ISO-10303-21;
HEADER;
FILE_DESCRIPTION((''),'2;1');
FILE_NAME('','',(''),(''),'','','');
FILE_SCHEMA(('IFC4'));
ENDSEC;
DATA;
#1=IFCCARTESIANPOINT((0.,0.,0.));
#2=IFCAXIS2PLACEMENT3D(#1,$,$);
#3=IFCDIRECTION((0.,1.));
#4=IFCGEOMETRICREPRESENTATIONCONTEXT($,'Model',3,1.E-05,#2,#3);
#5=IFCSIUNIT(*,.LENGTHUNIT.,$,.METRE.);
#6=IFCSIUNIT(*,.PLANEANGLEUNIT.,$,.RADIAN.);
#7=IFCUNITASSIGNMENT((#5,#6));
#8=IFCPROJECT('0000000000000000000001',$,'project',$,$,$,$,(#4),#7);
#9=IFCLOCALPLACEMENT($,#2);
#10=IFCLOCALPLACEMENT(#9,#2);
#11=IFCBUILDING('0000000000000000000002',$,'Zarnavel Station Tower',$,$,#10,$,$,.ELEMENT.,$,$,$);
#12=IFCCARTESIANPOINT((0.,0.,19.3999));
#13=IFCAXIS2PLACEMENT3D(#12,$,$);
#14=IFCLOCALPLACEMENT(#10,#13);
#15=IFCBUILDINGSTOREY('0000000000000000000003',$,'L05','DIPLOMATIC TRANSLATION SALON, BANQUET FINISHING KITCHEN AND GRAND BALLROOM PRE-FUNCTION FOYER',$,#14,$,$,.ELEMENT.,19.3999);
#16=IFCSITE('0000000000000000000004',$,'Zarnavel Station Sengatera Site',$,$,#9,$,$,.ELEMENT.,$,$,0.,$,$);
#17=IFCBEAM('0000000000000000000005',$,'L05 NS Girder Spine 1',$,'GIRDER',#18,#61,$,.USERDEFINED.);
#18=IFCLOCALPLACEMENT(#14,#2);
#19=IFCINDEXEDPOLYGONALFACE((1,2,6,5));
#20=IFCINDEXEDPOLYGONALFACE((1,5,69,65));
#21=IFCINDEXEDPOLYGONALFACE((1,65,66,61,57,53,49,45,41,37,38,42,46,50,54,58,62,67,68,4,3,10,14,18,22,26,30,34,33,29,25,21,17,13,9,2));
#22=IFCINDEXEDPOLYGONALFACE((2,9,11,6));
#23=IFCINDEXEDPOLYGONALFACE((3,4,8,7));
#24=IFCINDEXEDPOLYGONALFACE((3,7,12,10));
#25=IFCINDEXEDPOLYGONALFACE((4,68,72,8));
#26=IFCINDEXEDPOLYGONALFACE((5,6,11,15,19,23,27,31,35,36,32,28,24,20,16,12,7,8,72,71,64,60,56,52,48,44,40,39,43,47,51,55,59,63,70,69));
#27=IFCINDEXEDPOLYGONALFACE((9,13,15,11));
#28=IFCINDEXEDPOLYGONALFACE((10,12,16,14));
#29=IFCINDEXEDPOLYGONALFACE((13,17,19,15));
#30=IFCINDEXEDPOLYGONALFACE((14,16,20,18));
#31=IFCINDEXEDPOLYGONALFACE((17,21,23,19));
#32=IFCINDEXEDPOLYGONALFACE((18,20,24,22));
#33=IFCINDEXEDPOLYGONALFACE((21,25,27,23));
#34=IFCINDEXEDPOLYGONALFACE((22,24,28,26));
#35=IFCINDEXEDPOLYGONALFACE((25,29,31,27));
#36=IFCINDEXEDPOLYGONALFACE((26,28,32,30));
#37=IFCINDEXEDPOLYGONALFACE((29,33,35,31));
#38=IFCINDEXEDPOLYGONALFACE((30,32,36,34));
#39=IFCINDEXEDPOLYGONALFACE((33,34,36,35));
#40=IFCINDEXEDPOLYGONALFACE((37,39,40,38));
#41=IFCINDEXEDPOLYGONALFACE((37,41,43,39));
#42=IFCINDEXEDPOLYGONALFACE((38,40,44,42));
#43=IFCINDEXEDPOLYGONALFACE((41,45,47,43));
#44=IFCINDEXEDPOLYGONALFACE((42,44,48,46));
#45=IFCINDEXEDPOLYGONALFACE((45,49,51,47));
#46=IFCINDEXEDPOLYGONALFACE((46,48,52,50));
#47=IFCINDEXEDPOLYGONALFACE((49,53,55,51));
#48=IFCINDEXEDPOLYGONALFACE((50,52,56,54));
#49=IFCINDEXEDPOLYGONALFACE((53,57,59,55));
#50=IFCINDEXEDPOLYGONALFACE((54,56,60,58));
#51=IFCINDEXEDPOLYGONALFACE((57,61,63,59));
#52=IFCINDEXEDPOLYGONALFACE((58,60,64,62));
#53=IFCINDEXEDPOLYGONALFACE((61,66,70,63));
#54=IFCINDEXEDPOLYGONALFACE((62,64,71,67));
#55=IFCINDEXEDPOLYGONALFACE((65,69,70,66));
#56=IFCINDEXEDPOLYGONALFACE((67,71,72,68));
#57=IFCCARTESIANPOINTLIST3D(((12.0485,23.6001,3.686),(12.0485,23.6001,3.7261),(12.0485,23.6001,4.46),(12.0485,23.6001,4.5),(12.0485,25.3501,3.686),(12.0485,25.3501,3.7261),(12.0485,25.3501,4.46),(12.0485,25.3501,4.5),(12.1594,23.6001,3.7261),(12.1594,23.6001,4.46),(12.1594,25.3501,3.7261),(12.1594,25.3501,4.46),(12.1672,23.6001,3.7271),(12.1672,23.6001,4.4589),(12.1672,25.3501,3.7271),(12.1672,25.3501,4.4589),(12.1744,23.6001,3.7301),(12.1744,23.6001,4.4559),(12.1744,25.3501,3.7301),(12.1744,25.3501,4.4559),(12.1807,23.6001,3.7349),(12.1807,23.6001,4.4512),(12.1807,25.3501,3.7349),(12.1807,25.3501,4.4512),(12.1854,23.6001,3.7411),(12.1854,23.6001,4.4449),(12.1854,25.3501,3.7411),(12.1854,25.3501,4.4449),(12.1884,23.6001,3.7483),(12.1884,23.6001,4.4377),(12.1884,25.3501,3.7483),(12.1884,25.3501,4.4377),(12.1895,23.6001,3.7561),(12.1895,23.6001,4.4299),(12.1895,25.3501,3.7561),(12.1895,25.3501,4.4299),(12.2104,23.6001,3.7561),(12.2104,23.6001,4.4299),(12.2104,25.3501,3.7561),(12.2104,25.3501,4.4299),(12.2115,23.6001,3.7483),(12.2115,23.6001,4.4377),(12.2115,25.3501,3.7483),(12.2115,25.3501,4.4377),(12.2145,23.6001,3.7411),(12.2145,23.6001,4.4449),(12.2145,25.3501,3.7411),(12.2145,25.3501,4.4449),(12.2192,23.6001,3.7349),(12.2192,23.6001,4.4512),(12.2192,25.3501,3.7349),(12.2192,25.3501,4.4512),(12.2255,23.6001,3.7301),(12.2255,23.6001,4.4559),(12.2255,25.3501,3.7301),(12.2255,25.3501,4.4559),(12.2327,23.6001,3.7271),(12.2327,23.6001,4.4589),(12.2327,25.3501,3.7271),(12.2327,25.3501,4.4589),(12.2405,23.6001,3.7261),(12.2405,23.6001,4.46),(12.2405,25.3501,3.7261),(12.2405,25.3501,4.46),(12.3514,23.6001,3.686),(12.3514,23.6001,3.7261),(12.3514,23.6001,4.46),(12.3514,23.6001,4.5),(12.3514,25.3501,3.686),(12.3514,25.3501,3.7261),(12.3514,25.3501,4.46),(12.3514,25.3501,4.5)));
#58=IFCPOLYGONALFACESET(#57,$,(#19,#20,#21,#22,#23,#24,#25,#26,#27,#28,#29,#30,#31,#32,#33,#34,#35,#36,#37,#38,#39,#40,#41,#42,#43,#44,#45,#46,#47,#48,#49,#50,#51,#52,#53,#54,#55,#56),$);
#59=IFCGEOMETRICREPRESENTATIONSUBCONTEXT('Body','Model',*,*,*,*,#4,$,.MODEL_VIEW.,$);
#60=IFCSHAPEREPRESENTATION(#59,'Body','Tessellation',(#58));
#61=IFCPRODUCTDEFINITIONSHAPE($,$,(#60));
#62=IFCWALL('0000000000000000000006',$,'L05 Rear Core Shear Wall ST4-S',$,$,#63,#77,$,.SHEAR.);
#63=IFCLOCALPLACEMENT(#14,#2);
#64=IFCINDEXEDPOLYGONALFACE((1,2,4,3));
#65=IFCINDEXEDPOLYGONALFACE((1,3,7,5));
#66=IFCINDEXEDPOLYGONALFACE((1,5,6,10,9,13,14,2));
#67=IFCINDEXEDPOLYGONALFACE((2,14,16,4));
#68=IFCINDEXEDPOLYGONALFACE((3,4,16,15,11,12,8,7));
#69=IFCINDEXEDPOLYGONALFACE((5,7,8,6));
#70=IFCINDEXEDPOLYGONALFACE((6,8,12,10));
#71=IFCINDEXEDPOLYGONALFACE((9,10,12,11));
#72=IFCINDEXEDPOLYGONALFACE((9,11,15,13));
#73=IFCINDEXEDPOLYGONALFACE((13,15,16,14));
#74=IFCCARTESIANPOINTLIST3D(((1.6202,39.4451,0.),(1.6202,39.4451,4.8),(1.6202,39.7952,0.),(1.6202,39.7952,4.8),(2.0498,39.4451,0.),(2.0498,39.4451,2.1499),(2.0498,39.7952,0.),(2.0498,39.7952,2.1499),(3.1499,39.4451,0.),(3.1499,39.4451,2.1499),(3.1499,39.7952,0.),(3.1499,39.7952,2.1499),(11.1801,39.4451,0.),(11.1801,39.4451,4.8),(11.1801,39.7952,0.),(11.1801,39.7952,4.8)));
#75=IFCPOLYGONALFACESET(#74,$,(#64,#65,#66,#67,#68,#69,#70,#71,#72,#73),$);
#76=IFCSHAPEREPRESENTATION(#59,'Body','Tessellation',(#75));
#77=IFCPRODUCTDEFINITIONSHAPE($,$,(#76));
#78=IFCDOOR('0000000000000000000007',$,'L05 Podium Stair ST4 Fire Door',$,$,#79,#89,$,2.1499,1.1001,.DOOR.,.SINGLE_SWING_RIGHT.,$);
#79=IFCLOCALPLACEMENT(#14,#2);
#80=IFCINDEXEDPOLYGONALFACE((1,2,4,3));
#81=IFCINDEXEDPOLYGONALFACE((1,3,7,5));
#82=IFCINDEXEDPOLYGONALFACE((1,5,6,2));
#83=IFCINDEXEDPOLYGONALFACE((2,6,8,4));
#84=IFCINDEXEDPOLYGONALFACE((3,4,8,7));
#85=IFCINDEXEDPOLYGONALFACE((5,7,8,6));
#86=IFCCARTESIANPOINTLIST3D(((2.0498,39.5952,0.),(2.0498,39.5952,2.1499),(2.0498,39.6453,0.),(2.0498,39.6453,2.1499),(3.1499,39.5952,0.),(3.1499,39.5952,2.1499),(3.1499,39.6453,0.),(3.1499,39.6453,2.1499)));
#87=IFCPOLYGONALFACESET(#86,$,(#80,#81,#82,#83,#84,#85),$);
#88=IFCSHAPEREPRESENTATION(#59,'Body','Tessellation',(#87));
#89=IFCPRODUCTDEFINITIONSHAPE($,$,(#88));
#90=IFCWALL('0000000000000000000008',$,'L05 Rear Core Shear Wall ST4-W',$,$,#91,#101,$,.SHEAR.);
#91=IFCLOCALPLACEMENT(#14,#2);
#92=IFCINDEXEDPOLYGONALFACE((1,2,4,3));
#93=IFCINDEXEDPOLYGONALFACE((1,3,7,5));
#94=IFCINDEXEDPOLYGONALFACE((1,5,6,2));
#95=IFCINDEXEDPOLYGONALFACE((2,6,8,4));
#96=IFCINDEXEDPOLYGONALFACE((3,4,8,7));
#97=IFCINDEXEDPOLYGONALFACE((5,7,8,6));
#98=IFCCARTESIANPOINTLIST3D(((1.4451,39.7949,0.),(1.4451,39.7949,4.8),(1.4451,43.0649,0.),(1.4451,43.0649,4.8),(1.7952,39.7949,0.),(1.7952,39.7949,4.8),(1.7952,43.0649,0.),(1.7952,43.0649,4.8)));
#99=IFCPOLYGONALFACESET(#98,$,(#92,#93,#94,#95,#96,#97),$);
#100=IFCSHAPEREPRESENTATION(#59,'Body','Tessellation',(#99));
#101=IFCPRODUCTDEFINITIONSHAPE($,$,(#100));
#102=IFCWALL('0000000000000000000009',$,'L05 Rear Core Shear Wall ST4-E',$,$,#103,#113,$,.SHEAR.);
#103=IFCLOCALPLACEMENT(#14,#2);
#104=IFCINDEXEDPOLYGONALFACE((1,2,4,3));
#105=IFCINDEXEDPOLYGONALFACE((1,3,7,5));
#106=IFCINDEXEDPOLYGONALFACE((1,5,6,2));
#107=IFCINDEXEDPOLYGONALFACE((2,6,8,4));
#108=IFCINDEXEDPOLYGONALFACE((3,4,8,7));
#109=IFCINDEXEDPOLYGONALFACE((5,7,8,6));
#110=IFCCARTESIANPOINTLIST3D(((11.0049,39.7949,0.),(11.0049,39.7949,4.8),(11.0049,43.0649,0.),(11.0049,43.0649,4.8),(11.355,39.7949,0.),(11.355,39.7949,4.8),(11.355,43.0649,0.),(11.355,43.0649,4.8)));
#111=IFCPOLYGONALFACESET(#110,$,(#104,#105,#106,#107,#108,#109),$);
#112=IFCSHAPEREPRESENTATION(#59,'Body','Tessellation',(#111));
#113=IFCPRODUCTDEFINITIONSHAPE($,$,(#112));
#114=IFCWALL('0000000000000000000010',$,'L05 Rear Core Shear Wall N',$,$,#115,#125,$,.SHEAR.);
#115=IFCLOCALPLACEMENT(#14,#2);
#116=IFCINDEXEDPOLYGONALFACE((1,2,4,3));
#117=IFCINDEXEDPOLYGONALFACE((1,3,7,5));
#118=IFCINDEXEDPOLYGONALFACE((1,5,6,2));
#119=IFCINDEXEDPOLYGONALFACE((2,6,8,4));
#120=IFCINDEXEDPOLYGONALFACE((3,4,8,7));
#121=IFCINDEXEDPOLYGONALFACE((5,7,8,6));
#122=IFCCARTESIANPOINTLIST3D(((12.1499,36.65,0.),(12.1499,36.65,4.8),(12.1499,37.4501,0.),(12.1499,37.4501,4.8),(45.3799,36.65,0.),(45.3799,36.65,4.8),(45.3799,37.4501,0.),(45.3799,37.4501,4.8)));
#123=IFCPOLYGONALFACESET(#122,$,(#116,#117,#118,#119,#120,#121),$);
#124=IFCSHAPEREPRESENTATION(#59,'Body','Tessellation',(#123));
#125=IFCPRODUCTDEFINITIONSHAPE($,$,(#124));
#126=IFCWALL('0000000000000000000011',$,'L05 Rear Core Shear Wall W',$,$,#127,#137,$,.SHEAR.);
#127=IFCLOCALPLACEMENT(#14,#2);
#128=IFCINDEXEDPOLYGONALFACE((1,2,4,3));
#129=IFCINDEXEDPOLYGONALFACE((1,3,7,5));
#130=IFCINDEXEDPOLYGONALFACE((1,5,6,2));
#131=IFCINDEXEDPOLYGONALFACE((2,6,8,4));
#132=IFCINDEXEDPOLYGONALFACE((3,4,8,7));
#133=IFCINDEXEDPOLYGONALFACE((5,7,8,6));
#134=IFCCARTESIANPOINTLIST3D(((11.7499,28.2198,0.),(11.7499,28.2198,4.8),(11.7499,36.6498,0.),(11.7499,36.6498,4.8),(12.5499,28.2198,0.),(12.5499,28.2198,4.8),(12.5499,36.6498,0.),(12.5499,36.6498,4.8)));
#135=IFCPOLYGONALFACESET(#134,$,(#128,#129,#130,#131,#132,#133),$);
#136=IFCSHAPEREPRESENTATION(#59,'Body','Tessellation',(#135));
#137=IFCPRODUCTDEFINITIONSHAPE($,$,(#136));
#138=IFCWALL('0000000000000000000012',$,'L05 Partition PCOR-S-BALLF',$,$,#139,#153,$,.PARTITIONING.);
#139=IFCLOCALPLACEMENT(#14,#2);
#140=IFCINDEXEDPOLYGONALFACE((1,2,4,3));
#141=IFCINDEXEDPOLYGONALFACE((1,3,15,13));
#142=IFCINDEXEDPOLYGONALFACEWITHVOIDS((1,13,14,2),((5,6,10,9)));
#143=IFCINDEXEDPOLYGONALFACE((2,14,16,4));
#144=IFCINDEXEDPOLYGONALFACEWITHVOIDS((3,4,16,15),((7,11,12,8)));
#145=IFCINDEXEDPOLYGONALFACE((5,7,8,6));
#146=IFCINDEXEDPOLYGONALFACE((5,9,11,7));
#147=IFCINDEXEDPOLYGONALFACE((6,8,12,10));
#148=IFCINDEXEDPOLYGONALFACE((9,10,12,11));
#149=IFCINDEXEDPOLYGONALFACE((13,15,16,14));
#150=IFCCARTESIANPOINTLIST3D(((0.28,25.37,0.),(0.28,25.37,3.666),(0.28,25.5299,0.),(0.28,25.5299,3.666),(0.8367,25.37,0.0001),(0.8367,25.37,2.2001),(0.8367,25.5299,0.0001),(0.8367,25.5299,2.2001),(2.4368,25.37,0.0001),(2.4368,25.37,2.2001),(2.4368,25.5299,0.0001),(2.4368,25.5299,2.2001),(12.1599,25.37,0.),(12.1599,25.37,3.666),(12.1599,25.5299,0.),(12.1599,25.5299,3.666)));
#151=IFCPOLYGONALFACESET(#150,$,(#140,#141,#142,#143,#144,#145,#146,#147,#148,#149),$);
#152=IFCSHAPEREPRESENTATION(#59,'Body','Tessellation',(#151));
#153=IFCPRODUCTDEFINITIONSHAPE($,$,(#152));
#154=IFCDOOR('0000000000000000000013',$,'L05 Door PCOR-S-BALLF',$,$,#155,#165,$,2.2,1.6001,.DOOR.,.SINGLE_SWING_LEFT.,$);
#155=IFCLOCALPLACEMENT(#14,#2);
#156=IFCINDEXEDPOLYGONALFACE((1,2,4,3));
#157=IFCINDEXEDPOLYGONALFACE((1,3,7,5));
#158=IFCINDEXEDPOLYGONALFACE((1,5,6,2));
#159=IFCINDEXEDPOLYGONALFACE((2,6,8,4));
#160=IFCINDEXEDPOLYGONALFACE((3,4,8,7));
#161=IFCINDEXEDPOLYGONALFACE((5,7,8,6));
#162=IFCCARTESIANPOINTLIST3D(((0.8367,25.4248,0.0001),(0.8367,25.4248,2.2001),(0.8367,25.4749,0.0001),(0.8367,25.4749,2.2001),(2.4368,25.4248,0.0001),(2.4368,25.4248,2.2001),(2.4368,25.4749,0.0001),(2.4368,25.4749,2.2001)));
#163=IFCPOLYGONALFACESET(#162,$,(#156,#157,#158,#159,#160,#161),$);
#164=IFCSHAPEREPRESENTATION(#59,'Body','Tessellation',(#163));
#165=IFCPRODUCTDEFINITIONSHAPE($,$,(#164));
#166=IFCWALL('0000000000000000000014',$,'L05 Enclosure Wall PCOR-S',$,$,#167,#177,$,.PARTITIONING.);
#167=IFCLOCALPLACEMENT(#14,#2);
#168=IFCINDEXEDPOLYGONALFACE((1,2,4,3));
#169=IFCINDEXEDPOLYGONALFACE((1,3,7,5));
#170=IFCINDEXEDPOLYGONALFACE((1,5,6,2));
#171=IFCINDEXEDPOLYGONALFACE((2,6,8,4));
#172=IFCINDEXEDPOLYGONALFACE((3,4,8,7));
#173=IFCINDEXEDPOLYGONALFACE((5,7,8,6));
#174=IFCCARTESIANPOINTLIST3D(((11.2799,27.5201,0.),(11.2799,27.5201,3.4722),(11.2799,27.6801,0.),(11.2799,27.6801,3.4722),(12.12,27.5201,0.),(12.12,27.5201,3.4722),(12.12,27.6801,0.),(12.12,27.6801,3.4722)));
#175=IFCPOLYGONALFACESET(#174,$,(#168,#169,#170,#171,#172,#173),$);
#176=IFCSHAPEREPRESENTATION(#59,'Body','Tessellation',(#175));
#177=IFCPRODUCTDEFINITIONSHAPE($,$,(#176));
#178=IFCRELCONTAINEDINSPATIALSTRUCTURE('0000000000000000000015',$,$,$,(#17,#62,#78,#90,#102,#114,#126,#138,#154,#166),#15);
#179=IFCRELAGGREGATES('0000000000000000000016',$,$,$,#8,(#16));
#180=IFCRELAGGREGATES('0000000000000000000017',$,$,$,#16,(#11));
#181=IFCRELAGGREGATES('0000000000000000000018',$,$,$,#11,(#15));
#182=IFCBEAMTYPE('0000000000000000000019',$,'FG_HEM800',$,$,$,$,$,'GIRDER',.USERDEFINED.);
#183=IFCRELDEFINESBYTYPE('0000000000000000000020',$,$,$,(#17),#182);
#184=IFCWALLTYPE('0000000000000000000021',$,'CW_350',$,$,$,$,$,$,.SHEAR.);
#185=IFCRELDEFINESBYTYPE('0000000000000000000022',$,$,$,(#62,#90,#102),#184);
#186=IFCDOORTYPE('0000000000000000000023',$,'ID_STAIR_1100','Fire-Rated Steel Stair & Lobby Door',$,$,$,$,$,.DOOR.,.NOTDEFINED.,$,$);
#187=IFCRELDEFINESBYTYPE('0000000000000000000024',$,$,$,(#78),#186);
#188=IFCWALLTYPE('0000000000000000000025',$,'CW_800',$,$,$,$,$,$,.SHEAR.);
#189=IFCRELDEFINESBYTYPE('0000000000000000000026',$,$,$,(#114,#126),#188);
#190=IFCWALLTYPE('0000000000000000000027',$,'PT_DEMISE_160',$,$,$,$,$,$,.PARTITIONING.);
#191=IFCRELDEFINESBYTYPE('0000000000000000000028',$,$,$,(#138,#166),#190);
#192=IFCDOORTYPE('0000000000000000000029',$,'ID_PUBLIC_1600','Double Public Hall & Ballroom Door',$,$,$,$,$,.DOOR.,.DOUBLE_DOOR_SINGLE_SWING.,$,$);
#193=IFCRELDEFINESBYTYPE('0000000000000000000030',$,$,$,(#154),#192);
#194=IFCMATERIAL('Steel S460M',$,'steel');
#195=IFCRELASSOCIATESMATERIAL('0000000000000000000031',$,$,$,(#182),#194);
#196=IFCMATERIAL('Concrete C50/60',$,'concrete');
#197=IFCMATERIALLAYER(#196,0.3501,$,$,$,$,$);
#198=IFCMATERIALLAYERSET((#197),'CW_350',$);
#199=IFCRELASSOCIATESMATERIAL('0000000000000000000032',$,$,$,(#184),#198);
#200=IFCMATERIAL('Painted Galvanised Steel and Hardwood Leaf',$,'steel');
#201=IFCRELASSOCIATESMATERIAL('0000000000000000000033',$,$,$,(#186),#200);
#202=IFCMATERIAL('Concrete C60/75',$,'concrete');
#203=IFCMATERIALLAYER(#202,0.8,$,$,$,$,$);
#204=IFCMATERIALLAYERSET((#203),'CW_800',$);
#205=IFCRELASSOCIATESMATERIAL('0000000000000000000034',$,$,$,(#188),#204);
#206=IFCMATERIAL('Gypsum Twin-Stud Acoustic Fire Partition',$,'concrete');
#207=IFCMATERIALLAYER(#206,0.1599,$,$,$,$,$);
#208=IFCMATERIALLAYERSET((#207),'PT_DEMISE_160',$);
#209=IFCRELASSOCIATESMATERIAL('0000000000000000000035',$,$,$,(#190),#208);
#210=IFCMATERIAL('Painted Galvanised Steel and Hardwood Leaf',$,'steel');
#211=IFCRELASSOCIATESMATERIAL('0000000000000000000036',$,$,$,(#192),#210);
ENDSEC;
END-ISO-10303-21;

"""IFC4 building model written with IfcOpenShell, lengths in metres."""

from ifc_helpers import new_model, si_unit, direction, frame, frame_2d, origin, origin_2d, place, context, subcontext, project, spatial, rectangle, i_section, extrude, material, layer, layer_set, material_profile, profile_set, type_object, element, fill, save


model = new_model("IFC4")

# Units and contexts
model_context = context("Model", 3, precision=1e-05, world=origin(), true_north=direction((0.0, 1.0)))
body_context = subcontext(model_context, "Body", "Model", "MODEL_VIEW")
ifc_project = project(units=[si_unit("LENGTHUNIT", "METRE"), si_unit("PLANEANGLEUNIT", "RADIAN")], contexts=[model_context])

# Site, building, storey
site_placement = place(None, origin())
site = spatial("IfcSite", under=ifc_project, at=site_placement, Name="Zarnavel Station Sengatera Site", CompositionType="ELEMENT", RefElevation=0.0)
building_placement = place(site_placement, origin())
building = spatial("IfcBuilding", under=site, at=building_placement, Name="Zarnavel Station Tower", CompositionType="ELEMENT")
storey_placement = place(building_placement, frame((0.0, 0.0, 19.3999)))
storey = spatial("IfcBuildingStorey", under=building, at=storey_placement, Name="L05", Description="DIPLOMATIC TRANSLATION SALON, BANQUET FINISHING KITCHEN AND GRAND BALLROOM PRE-FUNCTION FOYER", CompositionType="ELEMENT", Elevation=19.3999)

# Beam
ifc_material_1 = material(Name="Steel S460M", Category="steel")
ifc_material_profile_1 = material_profile(ifc_material_1, i_section(OverallWidth=0.303, OverallDepth=0.814, WebThickness=0.021, FlangeThickness=0.04, FilletRadius=0.03, at=origin_2d()), Name="HEM800")
ifc_profile_set_1 = profile_set([ifc_material_profile_1], Name="Steel S460M")
beam_type_1 = type_object("IfcBeamType", Name="FG_HEM800", ElementType="GIRDER", PredefinedType="USERDEFINED", material=ifc_profile_set_1)
beam_1_placement = place(storey_placement, frame((12.2, 23.6001, 4.093), z_axis=(0.0, 1.0, 0.0), x_axis=(-1.0, 0.0, 0.0)))
element("IfcBeam", 1, at=beam_1_placement, inside=storey, type_object=beam_type_1, Name="L05 NS Girder Spine 1", ObjectType="GIRDER", PredefinedType="USERDEFINED", context=body_context, shape_type="SweptSolid", body=[
    extrude(i_section(OverallWidth=0.303, OverallDepth=0.814, WebThickness=0.021, FlangeThickness=0.04, FilletRadius=0.03, at=origin_2d()), origin(), (0.0, 0.0, 1.0), 1.75),
])

# Wall, opening, door
ifc_material_2 = material(Name="Concrete C50/60", Category="concrete")
ifc_layer_1 = layer(ifc_material_2, 0.3501)
ifc_layer_set_1 = layer_set([ifc_layer_1], Name="CW_350")
wall_type_1 = type_object("IfcWallType", Name="CW_350", PredefinedType="SHEAR", material=ifc_layer_set_1)
wall_1_placement = place(storey_placement, frame((11.1799, 39.6201, 0.0), z_axis=(0.0, 0.0, 1.0), x_axis=(-1.0, 0.0, 0.0)))
wall_1 = element("IfcWall", 2, at=wall_1_placement, inside=storey, type_object=wall_type_1, Name="L05 Rear Core Shear Wall ST4-S", PredefinedType="SHEAR", context=body_context, shape_type="SweptSolid", body=[
    extrude(rectangle(XDim=9.5598, YDim=0.3501, at=frame_2d((4.7798, 0.0))), origin(), (0.0, 0.0, 1.0), 4.8),
])
opening_1_placement = place(wall_1_placement, frame((8.03, 0.0, 0.0)))
opening_1 = element("IfcOpeningElement", 3, at=opening_1_placement, cuts=wall_1, PredefinedType="OPENING", context=body_context, shape_type="SweptSolid", body=[
    extrude(rectangle(XDim=1.1001, YDim=2.1499, at=frame_2d((0.55, 1.075))), frame((0.0, 0.1851, 0.0), z_axis=(0.0, -1.0, 0.0), x_axis=(1.0, 0.0, 0.0)), (0.0, 0.0, 1.0), 0.3701),
])
ifc_material_3 = material(Name="Painted Galvanised Steel and Hardwood Leaf", Category="steel")
door_type_1 = type_object("IfcDoorType", Name="ID_STAIR_1100", Description="Fire-Rated Steel Stair & Lobby Door", OperationType="NOTDEFINED", PredefinedType="DOOR", material=ifc_material_3)
door_1_placement = place(opening_1_placement, origin())
door_1 = element("IfcDoor", 4, at=door_1_placement, inside=storey, type_object=door_type_1, Name="L05 Podium Stair ST4 Fire Door", OperationType="SINGLE_SWING_RIGHT", OverallHeight=2.1499, OverallWidth=1.1001, PredefinedType="DOOR", context=body_context, shape_type="SweptSolid", body=[
    extrude(rectangle(XDim=1.1001, YDim=2.1499, at=frame_2d((0.55, 1.075))), frame((0.0, 0.0249, 0.0), z_axis=(0.0, -1.0, 0.0), x_axis=(1.0, 0.0, 0.0)), (0.0, 0.0, 1.0), 0.05),
])
fill(opening_1, door_1)

# Walls
for number, where, z_axis, x_axis, name in (
    (5, (1.6201, 39.7949, 0.0), (0.0, 0.0, 1.0), (0.0, 1.0, 0.0), "L05 Rear Core Shear Wall ST4-W"),
    (6, (11.1799, 39.7949, 0.0), (0.0, 0.0, 1.0), (0.0, 1.0, 0.0), "L05 Rear Core Shear Wall ST4-E"),
):
    element("IfcWall", number, at=place(storey_placement, frame(where, z_axis=z_axis, x_axis=x_axis)), inside=storey, type_object=wall_type_1, Name=name, PredefinedType="SHEAR", context=body_context, shape_type="SweptSolid", body=[
        extrude(rectangle(XDim=3.27, YDim=0.3501, at=frame_2d((1.635, 0.0))), origin(), (0.0, 0.0, 1.0), 4.8),
    ])
ifc_material_4 = material(Name="Concrete C60/75", Category="concrete")
ifc_layer_2 = layer(ifc_material_4, 0.8)
ifc_layer_set_2 = layer_set([ifc_layer_2], Name="CW_800")
wall_type_2 = type_object("IfcWallType", Name="CW_800", PredefinedType="SHEAR", material=ifc_layer_set_2)
wall_2_placement = place(storey_placement, frame((12.1499, 37.05, 0.0), z_axis=(0.0, 0.0, 1.0), x_axis=(1.0, 0.0, 0.0)))
element("IfcWall", 7, at=wall_2_placement, inside=storey, type_object=wall_type_2, Name="L05 Rear Core Shear Wall N", PredefinedType="SHEAR", context=body_context, shape_type="SweptSolid", body=[
    extrude(rectangle(XDim=33.23, YDim=0.8, at=frame_2d((16.615, 0.0))), origin(), (0.0, 0.0, 1.0), 4.8),
])
wall_3_placement = place(storey_placement, frame((12.1499, 28.22, 0.0), z_axis=(0.0, 0.0, 1.0), x_axis=(0.0, 1.0, 0.0)))
element("IfcWall", 8, at=wall_3_placement, inside=storey, type_object=wall_type_2, Name="L05 Rear Core Shear Wall W", PredefinedType="SHEAR", context=body_context, shape_type="SweptSolid", body=[
    extrude(rectangle(XDim=8.4299, YDim=0.8, at=frame_2d((4.2148, 0.0))), origin(), (0.0, 0.0, 1.0), 4.8),
])

# Wall, opening, door
ifc_material_5 = material(Name="Gypsum Twin-Stud Acoustic Fire Partition", Category="concrete")
ifc_layer_3 = layer(ifc_material_5, 0.1599)
ifc_layer_set_3 = layer_set([ifc_layer_3], Name="PT_DEMISE_160")
wall_type_3 = type_object("IfcWallType", Name="PT_DEMISE_160", PredefinedType="PARTITIONING", material=ifc_layer_set_3)
wall_4_placement = place(storey_placement, frame((0.28, 25.45, 0.0), z_axis=(0.0, 0.0, 1.0), x_axis=(1.0, 0.0, 0.0)))
wall_4 = element("IfcWall", 9, at=wall_4_placement, inside=storey, type_object=wall_type_3, Name="L05 Partition PCOR-S-BALLF", PredefinedType="PARTITIONING", context=body_context, shape_type="SweptSolid", body=[
    extrude(rectangle(XDim=11.8799, YDim=0.1599, at=frame_2d((5.9399, 0.0))), origin(), (0.0, 0.0, 1.0), 3.666),
])
opening_2_placement = place(wall_4_placement, frame((0.5566, 0.0, 0.0)))
opening_2 = element("IfcOpeningElement", 10, at=opening_2_placement, cuts=wall_4, PredefinedType="OPENING", context=body_context, shape_type="SweptSolid", body=[
    extrude(rectangle(XDim=1.6001, YDim=2.2, at=frame_2d((0.8, 1.1001))), frame((0.0, 0.0898, 0.0), z_axis=(0.0, -1.0, 0.0), x_axis=(1.0, 0.0, 0.0)), (0.0, 0.0, 1.0), 0.1799),
])
ifc_material_6 = material(Name="Painted Galvanised Steel and Hardwood Leaf", Category="steel")
door_type_2 = type_object("IfcDoorType", Name="ID_PUBLIC_1600", Description="Double Public Hall & Ballroom Door", OperationType="DOUBLE_DOOR_SINGLE_SWING", PredefinedType="DOOR", material=ifc_material_6)
door_2_placement = place(opening_2_placement, origin())
door_2 = element("IfcDoor", 11, at=door_2_placement, inside=storey, type_object=door_type_2, Name="L05 Door PCOR-S-BALLF", OperationType="SINGLE_SWING_LEFT", OverallHeight=2.2, OverallWidth=1.6001, PredefinedType="DOOR", context=body_context, shape_type="SweptSolid", body=[
    extrude(rectangle(XDim=1.6001, YDim=2.2, at=frame_2d((0.8, 1.1001))), frame((0.0, 0.0249, 0.0), z_axis=(0.0, -1.0, 0.0), x_axis=(1.0, 0.0, 0.0)), (0.0, 0.0, 1.0), 0.05),
])
fill(opening_2, door_2)

# Wall
wall_5_placement = place(storey_placement, frame((11.28, 27.6001, 0.0), z_axis=(0.0, 0.0, 1.0), x_axis=(1.0, 0.0, 0.0)))
element("IfcWall", 12, at=wall_5_placement, inside=storey, type_object=wall_type_3, Name="L05 Enclosure Wall PCOR-S", PredefinedType="PARTITIONING", context=body_context, shape_type="SweptSolid", body=[
    extrude(rectangle(XDim=0.8401, YDim=0.1599, at=frame_2d((0.4199, 0.0))), origin(), (0.0, 0.0, 1.0), 3.4722),
])

save(model, "model.ifc")
